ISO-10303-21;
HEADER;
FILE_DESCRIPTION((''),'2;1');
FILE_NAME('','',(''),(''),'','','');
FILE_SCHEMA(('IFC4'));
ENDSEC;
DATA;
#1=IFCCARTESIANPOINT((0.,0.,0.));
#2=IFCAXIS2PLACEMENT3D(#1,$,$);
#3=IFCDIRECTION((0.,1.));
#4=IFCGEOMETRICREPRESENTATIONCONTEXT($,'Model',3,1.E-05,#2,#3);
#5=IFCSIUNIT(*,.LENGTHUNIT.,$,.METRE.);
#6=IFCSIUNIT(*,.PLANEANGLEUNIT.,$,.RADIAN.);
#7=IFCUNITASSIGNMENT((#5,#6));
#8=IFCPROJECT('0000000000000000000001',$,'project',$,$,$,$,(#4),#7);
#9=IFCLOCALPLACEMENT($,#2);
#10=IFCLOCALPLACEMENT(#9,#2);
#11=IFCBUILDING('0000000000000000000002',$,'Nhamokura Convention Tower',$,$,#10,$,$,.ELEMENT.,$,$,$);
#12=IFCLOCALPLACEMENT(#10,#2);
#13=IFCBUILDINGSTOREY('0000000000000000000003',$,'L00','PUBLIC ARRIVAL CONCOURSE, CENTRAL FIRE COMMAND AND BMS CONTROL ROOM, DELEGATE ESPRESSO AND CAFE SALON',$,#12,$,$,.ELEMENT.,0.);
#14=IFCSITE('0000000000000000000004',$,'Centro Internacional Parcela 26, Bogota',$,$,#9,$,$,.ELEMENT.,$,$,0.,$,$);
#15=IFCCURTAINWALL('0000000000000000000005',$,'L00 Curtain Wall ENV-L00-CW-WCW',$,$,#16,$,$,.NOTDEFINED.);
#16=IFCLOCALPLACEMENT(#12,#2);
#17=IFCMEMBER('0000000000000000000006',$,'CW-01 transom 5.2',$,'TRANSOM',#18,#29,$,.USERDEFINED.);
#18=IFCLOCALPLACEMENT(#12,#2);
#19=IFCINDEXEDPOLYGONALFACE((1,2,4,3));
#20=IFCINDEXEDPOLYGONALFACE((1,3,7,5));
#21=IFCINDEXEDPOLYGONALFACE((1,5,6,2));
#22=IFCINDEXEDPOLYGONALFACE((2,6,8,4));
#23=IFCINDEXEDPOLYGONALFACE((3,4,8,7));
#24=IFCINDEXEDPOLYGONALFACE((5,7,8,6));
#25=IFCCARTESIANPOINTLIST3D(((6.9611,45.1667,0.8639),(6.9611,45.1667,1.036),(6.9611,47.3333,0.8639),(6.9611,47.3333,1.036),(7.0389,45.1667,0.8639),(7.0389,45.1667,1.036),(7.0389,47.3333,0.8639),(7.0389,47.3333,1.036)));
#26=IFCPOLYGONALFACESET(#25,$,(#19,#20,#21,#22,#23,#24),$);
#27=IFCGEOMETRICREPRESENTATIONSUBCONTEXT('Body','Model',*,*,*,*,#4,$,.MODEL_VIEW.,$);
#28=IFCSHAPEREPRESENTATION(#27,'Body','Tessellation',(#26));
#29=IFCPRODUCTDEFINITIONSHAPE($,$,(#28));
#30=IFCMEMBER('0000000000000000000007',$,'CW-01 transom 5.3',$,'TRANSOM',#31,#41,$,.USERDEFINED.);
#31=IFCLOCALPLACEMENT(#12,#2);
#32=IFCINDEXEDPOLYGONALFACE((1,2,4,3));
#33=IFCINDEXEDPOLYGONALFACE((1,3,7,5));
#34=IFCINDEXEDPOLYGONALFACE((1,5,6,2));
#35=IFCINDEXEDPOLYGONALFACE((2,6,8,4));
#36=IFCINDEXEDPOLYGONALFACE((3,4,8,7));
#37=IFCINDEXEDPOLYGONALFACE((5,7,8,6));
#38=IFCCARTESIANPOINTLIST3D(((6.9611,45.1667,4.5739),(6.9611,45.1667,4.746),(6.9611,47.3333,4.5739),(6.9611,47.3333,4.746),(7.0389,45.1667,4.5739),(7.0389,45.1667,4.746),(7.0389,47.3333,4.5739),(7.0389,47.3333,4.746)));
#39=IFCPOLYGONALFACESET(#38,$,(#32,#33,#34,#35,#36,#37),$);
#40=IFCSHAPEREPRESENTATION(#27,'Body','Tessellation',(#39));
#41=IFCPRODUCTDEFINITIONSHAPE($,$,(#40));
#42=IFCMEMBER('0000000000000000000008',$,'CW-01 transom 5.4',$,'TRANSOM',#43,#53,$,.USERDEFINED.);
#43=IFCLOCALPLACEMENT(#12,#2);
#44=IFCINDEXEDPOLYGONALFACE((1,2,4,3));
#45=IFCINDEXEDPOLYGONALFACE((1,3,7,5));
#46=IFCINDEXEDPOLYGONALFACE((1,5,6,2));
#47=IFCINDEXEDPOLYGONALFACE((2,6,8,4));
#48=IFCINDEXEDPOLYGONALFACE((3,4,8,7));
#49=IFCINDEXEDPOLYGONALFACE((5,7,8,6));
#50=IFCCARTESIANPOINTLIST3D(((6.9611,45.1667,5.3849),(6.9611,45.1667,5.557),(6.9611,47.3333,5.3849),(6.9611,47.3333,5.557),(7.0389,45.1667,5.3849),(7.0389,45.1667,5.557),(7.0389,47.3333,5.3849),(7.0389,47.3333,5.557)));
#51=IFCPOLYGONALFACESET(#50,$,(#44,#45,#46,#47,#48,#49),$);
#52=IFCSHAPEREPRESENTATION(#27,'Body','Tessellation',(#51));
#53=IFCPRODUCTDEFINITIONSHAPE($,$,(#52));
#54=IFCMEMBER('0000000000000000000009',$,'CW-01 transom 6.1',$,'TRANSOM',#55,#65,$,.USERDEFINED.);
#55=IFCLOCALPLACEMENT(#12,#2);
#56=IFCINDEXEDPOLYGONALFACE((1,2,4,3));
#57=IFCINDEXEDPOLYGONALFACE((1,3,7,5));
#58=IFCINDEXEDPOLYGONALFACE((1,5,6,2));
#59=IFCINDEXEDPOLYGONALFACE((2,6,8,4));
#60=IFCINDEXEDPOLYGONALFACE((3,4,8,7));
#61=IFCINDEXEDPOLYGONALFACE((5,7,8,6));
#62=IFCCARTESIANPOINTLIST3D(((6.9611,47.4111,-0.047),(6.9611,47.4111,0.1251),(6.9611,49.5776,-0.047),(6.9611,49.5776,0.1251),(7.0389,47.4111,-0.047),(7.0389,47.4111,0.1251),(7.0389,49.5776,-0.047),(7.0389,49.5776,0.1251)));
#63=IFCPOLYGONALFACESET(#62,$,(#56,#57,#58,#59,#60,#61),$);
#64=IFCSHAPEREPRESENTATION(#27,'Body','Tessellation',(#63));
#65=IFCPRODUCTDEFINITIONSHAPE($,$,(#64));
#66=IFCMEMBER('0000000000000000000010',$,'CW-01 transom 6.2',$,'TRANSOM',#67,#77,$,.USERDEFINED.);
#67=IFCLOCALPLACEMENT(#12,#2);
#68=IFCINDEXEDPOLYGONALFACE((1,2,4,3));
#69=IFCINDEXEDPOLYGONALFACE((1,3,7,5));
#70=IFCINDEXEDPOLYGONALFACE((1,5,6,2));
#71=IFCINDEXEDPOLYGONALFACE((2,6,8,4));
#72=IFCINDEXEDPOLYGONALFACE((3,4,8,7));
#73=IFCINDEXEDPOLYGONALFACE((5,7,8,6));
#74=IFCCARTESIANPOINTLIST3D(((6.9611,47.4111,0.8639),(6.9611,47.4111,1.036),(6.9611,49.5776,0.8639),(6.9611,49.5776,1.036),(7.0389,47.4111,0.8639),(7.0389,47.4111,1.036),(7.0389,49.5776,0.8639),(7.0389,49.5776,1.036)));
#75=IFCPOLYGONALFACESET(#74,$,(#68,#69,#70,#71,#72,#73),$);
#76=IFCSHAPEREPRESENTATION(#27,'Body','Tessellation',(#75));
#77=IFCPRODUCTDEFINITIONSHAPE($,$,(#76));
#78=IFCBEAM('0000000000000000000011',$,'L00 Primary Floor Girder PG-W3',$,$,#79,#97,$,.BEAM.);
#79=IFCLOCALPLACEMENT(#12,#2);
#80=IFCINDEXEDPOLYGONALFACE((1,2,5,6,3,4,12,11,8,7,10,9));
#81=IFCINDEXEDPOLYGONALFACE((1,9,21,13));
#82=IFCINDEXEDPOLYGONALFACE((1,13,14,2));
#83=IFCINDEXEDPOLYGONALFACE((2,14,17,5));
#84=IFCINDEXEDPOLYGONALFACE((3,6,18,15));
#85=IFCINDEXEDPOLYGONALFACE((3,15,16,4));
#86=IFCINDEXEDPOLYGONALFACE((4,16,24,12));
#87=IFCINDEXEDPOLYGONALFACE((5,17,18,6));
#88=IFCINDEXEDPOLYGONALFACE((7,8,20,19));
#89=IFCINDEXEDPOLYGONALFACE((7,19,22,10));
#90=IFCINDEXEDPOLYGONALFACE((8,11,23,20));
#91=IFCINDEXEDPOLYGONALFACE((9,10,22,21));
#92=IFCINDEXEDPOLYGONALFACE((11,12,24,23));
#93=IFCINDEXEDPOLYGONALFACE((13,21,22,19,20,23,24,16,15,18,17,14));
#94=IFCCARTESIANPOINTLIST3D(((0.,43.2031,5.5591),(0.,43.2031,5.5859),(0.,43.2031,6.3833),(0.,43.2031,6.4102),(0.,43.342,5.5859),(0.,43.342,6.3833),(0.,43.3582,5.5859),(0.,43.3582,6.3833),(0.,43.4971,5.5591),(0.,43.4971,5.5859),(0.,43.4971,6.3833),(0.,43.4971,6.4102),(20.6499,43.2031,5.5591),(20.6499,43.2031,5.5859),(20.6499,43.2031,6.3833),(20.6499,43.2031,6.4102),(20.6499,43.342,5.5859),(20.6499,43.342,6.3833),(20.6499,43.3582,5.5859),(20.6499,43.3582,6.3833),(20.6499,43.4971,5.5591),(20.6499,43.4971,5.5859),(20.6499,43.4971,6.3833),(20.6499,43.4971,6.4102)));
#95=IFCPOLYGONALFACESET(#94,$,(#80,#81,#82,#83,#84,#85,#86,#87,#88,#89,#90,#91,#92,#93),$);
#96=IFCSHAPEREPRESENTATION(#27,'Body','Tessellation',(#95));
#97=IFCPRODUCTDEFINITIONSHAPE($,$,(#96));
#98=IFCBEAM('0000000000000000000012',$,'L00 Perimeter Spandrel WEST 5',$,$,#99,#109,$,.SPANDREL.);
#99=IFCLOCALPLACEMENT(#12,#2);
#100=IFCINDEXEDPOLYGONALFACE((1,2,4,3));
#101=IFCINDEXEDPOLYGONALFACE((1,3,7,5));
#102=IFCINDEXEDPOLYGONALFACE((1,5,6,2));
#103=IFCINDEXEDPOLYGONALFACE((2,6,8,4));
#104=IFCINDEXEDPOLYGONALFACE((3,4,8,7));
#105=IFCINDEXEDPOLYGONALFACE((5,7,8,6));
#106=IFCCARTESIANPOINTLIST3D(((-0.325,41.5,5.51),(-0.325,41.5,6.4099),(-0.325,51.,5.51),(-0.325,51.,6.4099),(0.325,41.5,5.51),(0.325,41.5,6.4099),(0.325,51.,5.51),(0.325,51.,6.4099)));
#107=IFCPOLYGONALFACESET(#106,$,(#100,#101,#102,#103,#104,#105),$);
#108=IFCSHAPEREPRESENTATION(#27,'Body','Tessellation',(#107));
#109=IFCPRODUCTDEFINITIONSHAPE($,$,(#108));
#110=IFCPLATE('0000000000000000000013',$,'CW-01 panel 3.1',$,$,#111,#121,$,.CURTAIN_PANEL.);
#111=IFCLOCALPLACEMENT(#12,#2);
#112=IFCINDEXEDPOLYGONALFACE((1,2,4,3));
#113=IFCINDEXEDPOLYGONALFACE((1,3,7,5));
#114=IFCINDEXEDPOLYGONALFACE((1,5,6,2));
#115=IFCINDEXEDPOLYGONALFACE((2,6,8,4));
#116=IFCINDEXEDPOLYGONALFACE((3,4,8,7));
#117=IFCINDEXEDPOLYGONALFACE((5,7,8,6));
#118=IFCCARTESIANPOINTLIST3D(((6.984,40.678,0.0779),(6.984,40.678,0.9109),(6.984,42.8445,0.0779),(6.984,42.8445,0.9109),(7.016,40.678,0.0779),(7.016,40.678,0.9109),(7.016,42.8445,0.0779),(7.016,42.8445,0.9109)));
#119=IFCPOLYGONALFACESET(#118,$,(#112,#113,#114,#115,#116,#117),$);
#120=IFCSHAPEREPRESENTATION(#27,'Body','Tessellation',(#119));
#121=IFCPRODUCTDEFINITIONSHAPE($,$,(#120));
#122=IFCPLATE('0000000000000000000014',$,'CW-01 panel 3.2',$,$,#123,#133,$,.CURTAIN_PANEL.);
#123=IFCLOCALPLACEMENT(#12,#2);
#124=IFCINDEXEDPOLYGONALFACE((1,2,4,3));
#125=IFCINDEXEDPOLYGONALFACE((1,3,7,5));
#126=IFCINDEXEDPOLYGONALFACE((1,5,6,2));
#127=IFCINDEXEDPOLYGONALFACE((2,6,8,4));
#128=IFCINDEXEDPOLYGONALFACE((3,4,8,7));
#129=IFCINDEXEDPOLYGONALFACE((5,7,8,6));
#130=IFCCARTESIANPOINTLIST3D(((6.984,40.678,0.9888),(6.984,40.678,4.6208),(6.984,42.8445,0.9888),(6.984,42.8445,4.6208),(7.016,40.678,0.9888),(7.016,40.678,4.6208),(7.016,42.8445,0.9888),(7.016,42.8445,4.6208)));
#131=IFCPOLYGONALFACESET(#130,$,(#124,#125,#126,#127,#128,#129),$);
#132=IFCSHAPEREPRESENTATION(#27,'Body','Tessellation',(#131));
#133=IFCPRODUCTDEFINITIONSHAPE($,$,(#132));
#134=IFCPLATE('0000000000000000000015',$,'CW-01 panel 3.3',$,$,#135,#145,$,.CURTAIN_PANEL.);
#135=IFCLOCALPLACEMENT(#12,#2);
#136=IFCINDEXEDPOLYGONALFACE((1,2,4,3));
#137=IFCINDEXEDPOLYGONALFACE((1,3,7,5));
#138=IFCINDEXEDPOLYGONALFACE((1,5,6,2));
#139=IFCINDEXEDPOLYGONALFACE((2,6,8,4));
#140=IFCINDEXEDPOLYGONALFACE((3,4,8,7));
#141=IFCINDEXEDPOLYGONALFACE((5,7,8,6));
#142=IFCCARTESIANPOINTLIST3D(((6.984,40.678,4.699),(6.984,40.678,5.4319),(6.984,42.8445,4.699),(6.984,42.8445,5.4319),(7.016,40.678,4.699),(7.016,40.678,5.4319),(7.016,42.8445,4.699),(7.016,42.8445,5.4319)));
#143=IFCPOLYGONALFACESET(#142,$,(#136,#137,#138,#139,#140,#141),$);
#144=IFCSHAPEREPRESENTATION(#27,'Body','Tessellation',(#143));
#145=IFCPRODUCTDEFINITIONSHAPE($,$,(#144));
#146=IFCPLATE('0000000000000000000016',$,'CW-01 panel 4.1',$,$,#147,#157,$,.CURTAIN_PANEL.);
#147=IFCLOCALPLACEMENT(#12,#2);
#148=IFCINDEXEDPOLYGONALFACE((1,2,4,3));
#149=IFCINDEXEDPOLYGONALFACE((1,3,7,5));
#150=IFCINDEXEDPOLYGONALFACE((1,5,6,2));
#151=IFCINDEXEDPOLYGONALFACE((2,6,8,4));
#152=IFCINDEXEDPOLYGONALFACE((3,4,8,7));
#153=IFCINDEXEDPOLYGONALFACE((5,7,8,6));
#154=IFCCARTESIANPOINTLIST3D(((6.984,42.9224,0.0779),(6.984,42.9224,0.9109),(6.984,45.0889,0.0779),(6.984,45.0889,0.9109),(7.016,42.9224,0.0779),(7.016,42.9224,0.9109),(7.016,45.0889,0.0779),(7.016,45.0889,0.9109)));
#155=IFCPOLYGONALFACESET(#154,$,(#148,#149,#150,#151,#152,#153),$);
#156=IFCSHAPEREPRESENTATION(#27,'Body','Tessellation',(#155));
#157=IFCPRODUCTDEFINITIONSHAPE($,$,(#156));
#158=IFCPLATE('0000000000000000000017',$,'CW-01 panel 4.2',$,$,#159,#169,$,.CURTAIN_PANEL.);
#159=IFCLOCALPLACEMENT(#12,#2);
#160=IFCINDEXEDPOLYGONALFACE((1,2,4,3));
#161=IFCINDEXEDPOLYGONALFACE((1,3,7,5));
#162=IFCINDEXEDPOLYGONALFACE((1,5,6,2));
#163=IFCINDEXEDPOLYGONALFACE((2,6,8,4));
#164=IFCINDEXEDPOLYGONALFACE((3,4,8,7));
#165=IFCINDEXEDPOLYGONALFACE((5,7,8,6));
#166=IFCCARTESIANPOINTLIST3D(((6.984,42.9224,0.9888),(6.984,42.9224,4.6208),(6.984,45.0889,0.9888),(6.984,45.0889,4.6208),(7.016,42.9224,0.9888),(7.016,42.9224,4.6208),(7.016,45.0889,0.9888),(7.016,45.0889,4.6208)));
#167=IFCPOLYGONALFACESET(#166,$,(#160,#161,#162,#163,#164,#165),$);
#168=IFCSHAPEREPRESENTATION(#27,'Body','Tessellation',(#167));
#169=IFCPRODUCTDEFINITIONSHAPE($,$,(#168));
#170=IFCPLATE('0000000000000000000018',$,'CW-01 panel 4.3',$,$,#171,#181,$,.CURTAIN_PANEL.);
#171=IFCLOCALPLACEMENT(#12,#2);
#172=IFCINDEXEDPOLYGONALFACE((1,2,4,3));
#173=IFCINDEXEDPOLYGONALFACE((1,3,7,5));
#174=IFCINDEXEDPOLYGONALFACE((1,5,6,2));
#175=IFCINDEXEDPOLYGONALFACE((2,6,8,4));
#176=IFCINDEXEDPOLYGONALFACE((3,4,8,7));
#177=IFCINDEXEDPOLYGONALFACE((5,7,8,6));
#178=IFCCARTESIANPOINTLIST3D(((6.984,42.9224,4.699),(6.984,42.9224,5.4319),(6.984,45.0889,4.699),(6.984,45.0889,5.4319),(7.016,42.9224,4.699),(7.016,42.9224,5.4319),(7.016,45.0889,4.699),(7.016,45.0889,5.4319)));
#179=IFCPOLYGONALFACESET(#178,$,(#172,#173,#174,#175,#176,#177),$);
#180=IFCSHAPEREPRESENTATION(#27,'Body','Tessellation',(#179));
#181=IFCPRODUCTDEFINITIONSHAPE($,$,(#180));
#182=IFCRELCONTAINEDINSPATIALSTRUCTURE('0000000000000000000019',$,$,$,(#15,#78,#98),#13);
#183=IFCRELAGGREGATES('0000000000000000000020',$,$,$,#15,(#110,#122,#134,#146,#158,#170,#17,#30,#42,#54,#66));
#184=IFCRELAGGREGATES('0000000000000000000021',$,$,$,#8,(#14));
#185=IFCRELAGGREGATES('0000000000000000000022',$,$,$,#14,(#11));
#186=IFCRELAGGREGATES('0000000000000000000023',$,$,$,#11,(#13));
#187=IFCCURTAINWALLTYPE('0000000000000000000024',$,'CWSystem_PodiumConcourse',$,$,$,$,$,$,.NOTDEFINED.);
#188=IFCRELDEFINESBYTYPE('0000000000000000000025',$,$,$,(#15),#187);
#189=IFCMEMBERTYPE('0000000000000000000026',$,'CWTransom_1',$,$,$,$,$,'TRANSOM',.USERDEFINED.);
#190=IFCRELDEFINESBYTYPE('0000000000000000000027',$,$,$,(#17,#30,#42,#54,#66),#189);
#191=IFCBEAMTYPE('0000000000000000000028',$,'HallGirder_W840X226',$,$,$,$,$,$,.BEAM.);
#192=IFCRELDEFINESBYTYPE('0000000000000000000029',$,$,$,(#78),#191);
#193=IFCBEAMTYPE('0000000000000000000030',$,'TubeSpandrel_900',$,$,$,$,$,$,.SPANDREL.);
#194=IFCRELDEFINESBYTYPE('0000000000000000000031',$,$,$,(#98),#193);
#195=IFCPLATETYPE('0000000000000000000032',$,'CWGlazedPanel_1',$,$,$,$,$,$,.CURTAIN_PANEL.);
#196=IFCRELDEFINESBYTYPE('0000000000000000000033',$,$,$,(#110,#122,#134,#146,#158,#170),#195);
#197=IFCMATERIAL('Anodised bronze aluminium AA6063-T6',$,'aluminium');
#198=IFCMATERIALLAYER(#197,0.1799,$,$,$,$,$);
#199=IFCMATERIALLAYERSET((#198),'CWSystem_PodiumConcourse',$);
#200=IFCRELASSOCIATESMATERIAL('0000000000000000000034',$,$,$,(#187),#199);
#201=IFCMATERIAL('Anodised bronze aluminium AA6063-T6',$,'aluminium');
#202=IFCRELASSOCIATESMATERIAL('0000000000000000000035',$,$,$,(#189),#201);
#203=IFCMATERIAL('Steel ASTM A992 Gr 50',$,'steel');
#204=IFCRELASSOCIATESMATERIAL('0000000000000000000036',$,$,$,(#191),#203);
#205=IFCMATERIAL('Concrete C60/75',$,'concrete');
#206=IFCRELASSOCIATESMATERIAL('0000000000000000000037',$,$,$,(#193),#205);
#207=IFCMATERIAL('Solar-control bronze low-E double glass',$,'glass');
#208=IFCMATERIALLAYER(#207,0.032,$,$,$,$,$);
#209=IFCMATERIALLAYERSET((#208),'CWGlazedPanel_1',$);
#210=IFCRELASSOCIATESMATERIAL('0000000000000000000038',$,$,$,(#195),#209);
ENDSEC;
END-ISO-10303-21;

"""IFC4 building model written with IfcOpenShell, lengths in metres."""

from ifc_helpers import new_model, si_unit, direction, frame, origin, origin_2d, place, context, subcontext, project, spatial, rectangle, i_section, extrude, material, layer, layer_set, material_profile, profile_set, type_object, element, aggregate, save


model = new_model("IFC4")

# Units and contexts
model_context = context("Model", 3, precision=1e-05, world=origin(), true_north=direction((0.0, 1.0)))
body_context = subcontext(model_context, "Body", "Model", "MODEL_VIEW")
ifc_project = project(units=[si_unit("LENGTHUNIT", "METRE"), si_unit("PLANEANGLEUNIT", "RADIAN")], contexts=[model_context])

# Site, building, storey
site_placement = place(None, origin())
site = spatial("IfcSite", under=ifc_project, at=site_placement, Name="Centro Internacional Parcela 26, Bogota", CompositionType="ELEMENT", RefElevation=0.0)
building_placement = place(site_placement, origin())
building = spatial("IfcBuilding", under=site, at=building_placement, Name="Nhamokura Convention Tower", CompositionType="ELEMENT")
storey_placement = place(building_placement, origin())
storey = spatial("IfcBuildingStorey", under=building, at=storey_placement, Name="L00", Description="PUBLIC ARRIVAL CONCOURSE, CENTRAL FIRE COMMAND AND BMS CONTROL ROOM, DELEGATE ESPRESSO AND CAFE SALON", CompositionType="ELEMENT", Elevation=0.0)

# Curtain wall, members
ifc_material_1 = material(Name="Anodised bronze aluminium AA6063-T6", Category="aluminium")
ifc_layer_1 = layer(ifc_material_1, 0.1799)
ifc_layer_set_1 = layer_set([ifc_layer_1], Name="CWSystem_PodiumConcourse")
curtain_wall_type = type_object("IfcCurtainWallType", Name="CWSystem_PodiumConcourse", PredefinedType="NOTDEFINED", material=ifc_layer_set_1)
curtain_wall_placement = place(storey_placement, origin())
curtain_wall = element("IfcCurtainWall", 1, at=curtain_wall_placement, inside=storey, type_object=curtain_wall_type, Name="L00 Curtain Wall ENV-L00-CW-WCW", PredefinedType="NOTDEFINED")
ifc_material_2 = material(Name="Anodised bronze aluminium AA6063-T6", Category="aluminium")
ifc_material_profile_1 = material_profile(ifc_material_2, rectangle(XDim=0.0779, YDim=0.1721, at=origin_2d()))
ifc_profile_set_1 = profile_set([ifc_material_profile_1], Name="Anodised bronze aluminium AA6063-T6")
member_type_1 = type_object("IfcMemberType", Name="CWTransom_1", ElementType="TRANSOM", PredefinedType="USERDEFINED", material=ifc_profile_set_1)
member_1_placement = place(storey_placement, frame((7.0, 45.1667, 0.95), z_axis=(0.0, 1.0, 0.0), x_axis=(-1.0, 0.0, 0.0)))
member_1 = element("IfcMember", 2, at=member_1_placement, type_object=member_type_1, Name="CW-01 transom 5.2", ObjectType="TRANSOM", PredefinedType="USERDEFINED", context=body_context, shape_type="SweptSolid", body=[
    extrude(rectangle(XDim=0.0779, YDim=0.1721, at=origin_2d()), origin(), (0.0, 0.0, 1.0), 2.1665),
])
member_2_placement = place(storey_placement, frame((7.0, 45.1667, 4.6599), z_axis=(0.0, 1.0, 0.0), x_axis=(-1.0, 0.0, 0.0)))
member_2 = element("IfcMember", 3, at=member_2_placement, type_object=member_type_1, Name="CW-01 transom 5.3", ObjectType="TRANSOM", PredefinedType="USERDEFINED", context=body_context, shape_type="SweptSolid", body=[
    extrude(rectangle(XDim=0.0779, YDim=0.1721, at=origin_2d()), origin(), (0.0, 0.0, 1.0), 2.1665),
])
member_3_placement = place(storey_placement, frame((7.0, 45.1667, 5.4709), z_axis=(0.0, 1.0, 0.0), x_axis=(-1.0, 0.0, 0.0)))
member_3 = element("IfcMember", 4, at=member_3_placement, type_object=member_type_1, Name="CW-01 transom 5.4", ObjectType="TRANSOM", PredefinedType="USERDEFINED", context=body_context, shape_type="SweptSolid", body=[
    extrude(rectangle(XDim=0.0779, YDim=0.1721, at=origin_2d()), origin(), (0.0, 0.0, 1.0), 2.1665),
])
member_4_placement = place(storey_placement, frame((7.0, 47.4111, 0.0391), z_axis=(0.0, 1.0, 0.0), x_axis=(-1.0, 0.0, 0.0)))
member_4 = element("IfcMember", 5, at=member_4_placement, type_object=member_type_1, Name="CW-01 transom 6.1", ObjectType="TRANSOM", PredefinedType="USERDEFINED", context=body_context, shape_type="SweptSolid", body=[
    extrude(rectangle(XDim=0.0779, YDim=0.1721, at=origin_2d()), origin(), (0.0, 0.0, 1.0), 2.1665),
])
member_5_placement = place(storey_placement, frame((7.0, 47.4111, 0.95), z_axis=(0.0, 1.0, 0.0), x_axis=(-1.0, 0.0, 0.0)))
member_5 = element("IfcMember", 6, at=member_5_placement, type_object=member_type_1, Name="CW-01 transom 6.2", ObjectType="TRANSOM", PredefinedType="USERDEFINED", context=body_context, shape_type="SweptSolid", body=[
    extrude(rectangle(XDim=0.0779, YDim=0.1721, at=origin_2d()), origin(), (0.0, 0.0, 1.0), 2.1665),
])

# Beams
ifc_material_3 = material(Name="Steel ASTM A992 Gr 50", Category="steel")
ifc_material_profile_2 = material_profile(ifc_material_3, i_section(OverallWidth=0.2939, OverallDepth=0.8511, WebThickness=0.0161, FlangeThickness=0.0269, at=origin_2d()))
ifc_profile_set_2 = profile_set([ifc_material_profile_2], Name="Steel ASTM A992 Gr 50")
beam_type_1 = type_object("IfcBeamType", Name="HallGirder_W840X226", PredefinedType="BEAM", material=ifc_profile_set_2)
beam_1_placement = place(storey_placement, frame((0.0, 43.3501, 5.9846), z_axis=(1.0, 0.0, 0.0), x_axis=(0.0, 1.0, 0.0)))
element("IfcBeam", 7, at=beam_1_placement, inside=storey, type_object=beam_type_1, Name="L00 Primary Floor Girder PG-W3", PredefinedType="BEAM", context=body_context, shape_type="SweptSolid", body=[
    extrude(i_section(OverallWidth=0.2939, OverallDepth=0.8511, WebThickness=0.0161, FlangeThickness=0.0269, at=origin_2d()), origin(), (0.0, 0.0, 1.0), 20.6499),
])
ifc_material_4 = material(Name="Concrete C60/75", Category="concrete")
ifc_material_profile_3 = material_profile(ifc_material_4, rectangle(XDim=0.6499, YDim=0.8999, at=origin_2d()))
ifc_profile_set_3 = profile_set([ifc_material_profile_3], Name="Concrete C60/75")
beam_type_2 = type_object("IfcBeamType", Name="TubeSpandrel_900", PredefinedType="SPANDREL", material=ifc_profile_set_3)
beam_2_placement = place(storey_placement, frame((0.0, 41.5, 5.96), z_axis=(0.0, 1.0, 0.0), x_axis=(-1.0, 0.0, 0.0)))
element("IfcBeam", 8, at=beam_2_placement, inside=storey, type_object=beam_type_2, Name="L00 Perimeter Spandrel WEST 5", PredefinedType="SPANDREL", context=body_context, shape_type="SweptSolid", body=[
    extrude(rectangle(XDim=0.6499, YDim=0.8999, at=origin_2d()), origin(), (0.0, 0.0, 1.0), 9.5),
])

# Plates
ifc_material_5 = material(Name="Solar-control bronze low-E double glass", Category="glass")
ifc_layer_2 = layer(ifc_material_5, 0.032)
ifc_layer_set_2 = layer_set([ifc_layer_2], Name="CWGlazedPanel_1")
plate_type = type_object("IfcPlateType", Name="CWGlazedPanel_1", PredefinedType="CURTAIN_PANEL", material=ifc_layer_set_2)
plate_1_placement = place(storey_placement, frame((7.0, 41.7612, 0.0779), z_axis=(0.0, 0.0, 1.0), x_axis=(0.0, 1.0, 0.0)))
plate_1 = element("IfcPlate", 9, at=plate_1_placement, type_object=plate_type, Name="CW-01 panel 3.1", PredefinedType="CURTAIN_PANEL", context=body_context, shape_type="SweptSolid", body=[
    extrude(rectangle(XDim=2.1665, YDim=0.032, at=origin_2d()), origin(), (0.0, 0.0, 1.0), 0.833),
])
plate_2_placement = place(storey_placement, frame((7.0, 41.7612, 0.9888), z_axis=(0.0, 0.0, 1.0), x_axis=(0.0, 1.0, 0.0)))
plate_2 = element("IfcPlate", 10, at=plate_2_placement, type_object=plate_type, Name="CW-01 panel 3.2", PredefinedType="CURTAIN_PANEL", context=body_context, shape_type="SweptSolid", body=[
    extrude(rectangle(XDim=2.1665, YDim=0.032, at=origin_2d()), origin(), (0.0, 0.0, 1.0), 3.6321),
])
plate_3_placement = place(storey_placement, frame((7.0, 41.7612, 4.699), z_axis=(0.0, 0.0, 1.0), x_axis=(0.0, 1.0, 0.0)))
plate_3 = element("IfcPlate", 11, at=plate_3_placement, type_object=plate_type, Name="CW-01 panel 3.3", PredefinedType="CURTAIN_PANEL", context=body_context, shape_type="SweptSolid", body=[
    extrude(rectangle(XDim=2.1665, YDim=0.032, at=origin_2d()), origin(), (0.0, 0.0, 1.0), 0.7329),
])
plate_4_placement = place(storey_placement, frame((7.0, 44.0056, 0.0779), z_axis=(0.0, 0.0, 1.0), x_axis=(0.0, 1.0, 0.0)))
plate_4 = element("IfcPlate", 12, at=plate_4_placement, type_object=plate_type, Name="CW-01 panel 4.1", PredefinedType="CURTAIN_PANEL", context=body_context, shape_type="SweptSolid", body=[
    extrude(rectangle(XDim=2.1665, YDim=0.032, at=origin_2d()), origin(), (0.0, 0.0, 1.0), 0.833),
])
plate_5_placement = place(storey_placement, frame((7.0, 44.0056, 0.9888), z_axis=(0.0, 0.0, 1.0), x_axis=(0.0, 1.0, 0.0)))
plate_5 = element("IfcPlate", 13, at=plate_5_placement, type_object=plate_type, Name="CW-01 panel 4.2", PredefinedType="CURTAIN_PANEL", context=body_context, shape_type="SweptSolid", body=[
    extrude(rectangle(XDim=2.1665, YDim=0.032, at=origin_2d()), origin(), (0.0, 0.0, 1.0), 3.6321),
])
plate_6_placement = place(storey_placement, frame((7.0, 44.0056, 4.699), z_axis=(0.0, 0.0, 1.0), x_axis=(0.0, 1.0, 0.0)))
plate_6 = element("IfcPlate", 14, at=plate_6_placement, type_object=plate_type, Name="CW-01 panel 4.3", PredefinedType="CURTAIN_PANEL", context=body_context, shape_type="SweptSolid", body=[
    extrude(rectangle(XDim=2.1665, YDim=0.032, at=origin_2d()), origin(), (0.0, 0.0, 1.0), 0.7329),
])
aggregate(curtain_wall, [plate_1, plate_2, plate_3, plate_4, plate_5, plate_6, member_1, member_2, member_3, member_4, member_5])

save(model, "model.ifc")
